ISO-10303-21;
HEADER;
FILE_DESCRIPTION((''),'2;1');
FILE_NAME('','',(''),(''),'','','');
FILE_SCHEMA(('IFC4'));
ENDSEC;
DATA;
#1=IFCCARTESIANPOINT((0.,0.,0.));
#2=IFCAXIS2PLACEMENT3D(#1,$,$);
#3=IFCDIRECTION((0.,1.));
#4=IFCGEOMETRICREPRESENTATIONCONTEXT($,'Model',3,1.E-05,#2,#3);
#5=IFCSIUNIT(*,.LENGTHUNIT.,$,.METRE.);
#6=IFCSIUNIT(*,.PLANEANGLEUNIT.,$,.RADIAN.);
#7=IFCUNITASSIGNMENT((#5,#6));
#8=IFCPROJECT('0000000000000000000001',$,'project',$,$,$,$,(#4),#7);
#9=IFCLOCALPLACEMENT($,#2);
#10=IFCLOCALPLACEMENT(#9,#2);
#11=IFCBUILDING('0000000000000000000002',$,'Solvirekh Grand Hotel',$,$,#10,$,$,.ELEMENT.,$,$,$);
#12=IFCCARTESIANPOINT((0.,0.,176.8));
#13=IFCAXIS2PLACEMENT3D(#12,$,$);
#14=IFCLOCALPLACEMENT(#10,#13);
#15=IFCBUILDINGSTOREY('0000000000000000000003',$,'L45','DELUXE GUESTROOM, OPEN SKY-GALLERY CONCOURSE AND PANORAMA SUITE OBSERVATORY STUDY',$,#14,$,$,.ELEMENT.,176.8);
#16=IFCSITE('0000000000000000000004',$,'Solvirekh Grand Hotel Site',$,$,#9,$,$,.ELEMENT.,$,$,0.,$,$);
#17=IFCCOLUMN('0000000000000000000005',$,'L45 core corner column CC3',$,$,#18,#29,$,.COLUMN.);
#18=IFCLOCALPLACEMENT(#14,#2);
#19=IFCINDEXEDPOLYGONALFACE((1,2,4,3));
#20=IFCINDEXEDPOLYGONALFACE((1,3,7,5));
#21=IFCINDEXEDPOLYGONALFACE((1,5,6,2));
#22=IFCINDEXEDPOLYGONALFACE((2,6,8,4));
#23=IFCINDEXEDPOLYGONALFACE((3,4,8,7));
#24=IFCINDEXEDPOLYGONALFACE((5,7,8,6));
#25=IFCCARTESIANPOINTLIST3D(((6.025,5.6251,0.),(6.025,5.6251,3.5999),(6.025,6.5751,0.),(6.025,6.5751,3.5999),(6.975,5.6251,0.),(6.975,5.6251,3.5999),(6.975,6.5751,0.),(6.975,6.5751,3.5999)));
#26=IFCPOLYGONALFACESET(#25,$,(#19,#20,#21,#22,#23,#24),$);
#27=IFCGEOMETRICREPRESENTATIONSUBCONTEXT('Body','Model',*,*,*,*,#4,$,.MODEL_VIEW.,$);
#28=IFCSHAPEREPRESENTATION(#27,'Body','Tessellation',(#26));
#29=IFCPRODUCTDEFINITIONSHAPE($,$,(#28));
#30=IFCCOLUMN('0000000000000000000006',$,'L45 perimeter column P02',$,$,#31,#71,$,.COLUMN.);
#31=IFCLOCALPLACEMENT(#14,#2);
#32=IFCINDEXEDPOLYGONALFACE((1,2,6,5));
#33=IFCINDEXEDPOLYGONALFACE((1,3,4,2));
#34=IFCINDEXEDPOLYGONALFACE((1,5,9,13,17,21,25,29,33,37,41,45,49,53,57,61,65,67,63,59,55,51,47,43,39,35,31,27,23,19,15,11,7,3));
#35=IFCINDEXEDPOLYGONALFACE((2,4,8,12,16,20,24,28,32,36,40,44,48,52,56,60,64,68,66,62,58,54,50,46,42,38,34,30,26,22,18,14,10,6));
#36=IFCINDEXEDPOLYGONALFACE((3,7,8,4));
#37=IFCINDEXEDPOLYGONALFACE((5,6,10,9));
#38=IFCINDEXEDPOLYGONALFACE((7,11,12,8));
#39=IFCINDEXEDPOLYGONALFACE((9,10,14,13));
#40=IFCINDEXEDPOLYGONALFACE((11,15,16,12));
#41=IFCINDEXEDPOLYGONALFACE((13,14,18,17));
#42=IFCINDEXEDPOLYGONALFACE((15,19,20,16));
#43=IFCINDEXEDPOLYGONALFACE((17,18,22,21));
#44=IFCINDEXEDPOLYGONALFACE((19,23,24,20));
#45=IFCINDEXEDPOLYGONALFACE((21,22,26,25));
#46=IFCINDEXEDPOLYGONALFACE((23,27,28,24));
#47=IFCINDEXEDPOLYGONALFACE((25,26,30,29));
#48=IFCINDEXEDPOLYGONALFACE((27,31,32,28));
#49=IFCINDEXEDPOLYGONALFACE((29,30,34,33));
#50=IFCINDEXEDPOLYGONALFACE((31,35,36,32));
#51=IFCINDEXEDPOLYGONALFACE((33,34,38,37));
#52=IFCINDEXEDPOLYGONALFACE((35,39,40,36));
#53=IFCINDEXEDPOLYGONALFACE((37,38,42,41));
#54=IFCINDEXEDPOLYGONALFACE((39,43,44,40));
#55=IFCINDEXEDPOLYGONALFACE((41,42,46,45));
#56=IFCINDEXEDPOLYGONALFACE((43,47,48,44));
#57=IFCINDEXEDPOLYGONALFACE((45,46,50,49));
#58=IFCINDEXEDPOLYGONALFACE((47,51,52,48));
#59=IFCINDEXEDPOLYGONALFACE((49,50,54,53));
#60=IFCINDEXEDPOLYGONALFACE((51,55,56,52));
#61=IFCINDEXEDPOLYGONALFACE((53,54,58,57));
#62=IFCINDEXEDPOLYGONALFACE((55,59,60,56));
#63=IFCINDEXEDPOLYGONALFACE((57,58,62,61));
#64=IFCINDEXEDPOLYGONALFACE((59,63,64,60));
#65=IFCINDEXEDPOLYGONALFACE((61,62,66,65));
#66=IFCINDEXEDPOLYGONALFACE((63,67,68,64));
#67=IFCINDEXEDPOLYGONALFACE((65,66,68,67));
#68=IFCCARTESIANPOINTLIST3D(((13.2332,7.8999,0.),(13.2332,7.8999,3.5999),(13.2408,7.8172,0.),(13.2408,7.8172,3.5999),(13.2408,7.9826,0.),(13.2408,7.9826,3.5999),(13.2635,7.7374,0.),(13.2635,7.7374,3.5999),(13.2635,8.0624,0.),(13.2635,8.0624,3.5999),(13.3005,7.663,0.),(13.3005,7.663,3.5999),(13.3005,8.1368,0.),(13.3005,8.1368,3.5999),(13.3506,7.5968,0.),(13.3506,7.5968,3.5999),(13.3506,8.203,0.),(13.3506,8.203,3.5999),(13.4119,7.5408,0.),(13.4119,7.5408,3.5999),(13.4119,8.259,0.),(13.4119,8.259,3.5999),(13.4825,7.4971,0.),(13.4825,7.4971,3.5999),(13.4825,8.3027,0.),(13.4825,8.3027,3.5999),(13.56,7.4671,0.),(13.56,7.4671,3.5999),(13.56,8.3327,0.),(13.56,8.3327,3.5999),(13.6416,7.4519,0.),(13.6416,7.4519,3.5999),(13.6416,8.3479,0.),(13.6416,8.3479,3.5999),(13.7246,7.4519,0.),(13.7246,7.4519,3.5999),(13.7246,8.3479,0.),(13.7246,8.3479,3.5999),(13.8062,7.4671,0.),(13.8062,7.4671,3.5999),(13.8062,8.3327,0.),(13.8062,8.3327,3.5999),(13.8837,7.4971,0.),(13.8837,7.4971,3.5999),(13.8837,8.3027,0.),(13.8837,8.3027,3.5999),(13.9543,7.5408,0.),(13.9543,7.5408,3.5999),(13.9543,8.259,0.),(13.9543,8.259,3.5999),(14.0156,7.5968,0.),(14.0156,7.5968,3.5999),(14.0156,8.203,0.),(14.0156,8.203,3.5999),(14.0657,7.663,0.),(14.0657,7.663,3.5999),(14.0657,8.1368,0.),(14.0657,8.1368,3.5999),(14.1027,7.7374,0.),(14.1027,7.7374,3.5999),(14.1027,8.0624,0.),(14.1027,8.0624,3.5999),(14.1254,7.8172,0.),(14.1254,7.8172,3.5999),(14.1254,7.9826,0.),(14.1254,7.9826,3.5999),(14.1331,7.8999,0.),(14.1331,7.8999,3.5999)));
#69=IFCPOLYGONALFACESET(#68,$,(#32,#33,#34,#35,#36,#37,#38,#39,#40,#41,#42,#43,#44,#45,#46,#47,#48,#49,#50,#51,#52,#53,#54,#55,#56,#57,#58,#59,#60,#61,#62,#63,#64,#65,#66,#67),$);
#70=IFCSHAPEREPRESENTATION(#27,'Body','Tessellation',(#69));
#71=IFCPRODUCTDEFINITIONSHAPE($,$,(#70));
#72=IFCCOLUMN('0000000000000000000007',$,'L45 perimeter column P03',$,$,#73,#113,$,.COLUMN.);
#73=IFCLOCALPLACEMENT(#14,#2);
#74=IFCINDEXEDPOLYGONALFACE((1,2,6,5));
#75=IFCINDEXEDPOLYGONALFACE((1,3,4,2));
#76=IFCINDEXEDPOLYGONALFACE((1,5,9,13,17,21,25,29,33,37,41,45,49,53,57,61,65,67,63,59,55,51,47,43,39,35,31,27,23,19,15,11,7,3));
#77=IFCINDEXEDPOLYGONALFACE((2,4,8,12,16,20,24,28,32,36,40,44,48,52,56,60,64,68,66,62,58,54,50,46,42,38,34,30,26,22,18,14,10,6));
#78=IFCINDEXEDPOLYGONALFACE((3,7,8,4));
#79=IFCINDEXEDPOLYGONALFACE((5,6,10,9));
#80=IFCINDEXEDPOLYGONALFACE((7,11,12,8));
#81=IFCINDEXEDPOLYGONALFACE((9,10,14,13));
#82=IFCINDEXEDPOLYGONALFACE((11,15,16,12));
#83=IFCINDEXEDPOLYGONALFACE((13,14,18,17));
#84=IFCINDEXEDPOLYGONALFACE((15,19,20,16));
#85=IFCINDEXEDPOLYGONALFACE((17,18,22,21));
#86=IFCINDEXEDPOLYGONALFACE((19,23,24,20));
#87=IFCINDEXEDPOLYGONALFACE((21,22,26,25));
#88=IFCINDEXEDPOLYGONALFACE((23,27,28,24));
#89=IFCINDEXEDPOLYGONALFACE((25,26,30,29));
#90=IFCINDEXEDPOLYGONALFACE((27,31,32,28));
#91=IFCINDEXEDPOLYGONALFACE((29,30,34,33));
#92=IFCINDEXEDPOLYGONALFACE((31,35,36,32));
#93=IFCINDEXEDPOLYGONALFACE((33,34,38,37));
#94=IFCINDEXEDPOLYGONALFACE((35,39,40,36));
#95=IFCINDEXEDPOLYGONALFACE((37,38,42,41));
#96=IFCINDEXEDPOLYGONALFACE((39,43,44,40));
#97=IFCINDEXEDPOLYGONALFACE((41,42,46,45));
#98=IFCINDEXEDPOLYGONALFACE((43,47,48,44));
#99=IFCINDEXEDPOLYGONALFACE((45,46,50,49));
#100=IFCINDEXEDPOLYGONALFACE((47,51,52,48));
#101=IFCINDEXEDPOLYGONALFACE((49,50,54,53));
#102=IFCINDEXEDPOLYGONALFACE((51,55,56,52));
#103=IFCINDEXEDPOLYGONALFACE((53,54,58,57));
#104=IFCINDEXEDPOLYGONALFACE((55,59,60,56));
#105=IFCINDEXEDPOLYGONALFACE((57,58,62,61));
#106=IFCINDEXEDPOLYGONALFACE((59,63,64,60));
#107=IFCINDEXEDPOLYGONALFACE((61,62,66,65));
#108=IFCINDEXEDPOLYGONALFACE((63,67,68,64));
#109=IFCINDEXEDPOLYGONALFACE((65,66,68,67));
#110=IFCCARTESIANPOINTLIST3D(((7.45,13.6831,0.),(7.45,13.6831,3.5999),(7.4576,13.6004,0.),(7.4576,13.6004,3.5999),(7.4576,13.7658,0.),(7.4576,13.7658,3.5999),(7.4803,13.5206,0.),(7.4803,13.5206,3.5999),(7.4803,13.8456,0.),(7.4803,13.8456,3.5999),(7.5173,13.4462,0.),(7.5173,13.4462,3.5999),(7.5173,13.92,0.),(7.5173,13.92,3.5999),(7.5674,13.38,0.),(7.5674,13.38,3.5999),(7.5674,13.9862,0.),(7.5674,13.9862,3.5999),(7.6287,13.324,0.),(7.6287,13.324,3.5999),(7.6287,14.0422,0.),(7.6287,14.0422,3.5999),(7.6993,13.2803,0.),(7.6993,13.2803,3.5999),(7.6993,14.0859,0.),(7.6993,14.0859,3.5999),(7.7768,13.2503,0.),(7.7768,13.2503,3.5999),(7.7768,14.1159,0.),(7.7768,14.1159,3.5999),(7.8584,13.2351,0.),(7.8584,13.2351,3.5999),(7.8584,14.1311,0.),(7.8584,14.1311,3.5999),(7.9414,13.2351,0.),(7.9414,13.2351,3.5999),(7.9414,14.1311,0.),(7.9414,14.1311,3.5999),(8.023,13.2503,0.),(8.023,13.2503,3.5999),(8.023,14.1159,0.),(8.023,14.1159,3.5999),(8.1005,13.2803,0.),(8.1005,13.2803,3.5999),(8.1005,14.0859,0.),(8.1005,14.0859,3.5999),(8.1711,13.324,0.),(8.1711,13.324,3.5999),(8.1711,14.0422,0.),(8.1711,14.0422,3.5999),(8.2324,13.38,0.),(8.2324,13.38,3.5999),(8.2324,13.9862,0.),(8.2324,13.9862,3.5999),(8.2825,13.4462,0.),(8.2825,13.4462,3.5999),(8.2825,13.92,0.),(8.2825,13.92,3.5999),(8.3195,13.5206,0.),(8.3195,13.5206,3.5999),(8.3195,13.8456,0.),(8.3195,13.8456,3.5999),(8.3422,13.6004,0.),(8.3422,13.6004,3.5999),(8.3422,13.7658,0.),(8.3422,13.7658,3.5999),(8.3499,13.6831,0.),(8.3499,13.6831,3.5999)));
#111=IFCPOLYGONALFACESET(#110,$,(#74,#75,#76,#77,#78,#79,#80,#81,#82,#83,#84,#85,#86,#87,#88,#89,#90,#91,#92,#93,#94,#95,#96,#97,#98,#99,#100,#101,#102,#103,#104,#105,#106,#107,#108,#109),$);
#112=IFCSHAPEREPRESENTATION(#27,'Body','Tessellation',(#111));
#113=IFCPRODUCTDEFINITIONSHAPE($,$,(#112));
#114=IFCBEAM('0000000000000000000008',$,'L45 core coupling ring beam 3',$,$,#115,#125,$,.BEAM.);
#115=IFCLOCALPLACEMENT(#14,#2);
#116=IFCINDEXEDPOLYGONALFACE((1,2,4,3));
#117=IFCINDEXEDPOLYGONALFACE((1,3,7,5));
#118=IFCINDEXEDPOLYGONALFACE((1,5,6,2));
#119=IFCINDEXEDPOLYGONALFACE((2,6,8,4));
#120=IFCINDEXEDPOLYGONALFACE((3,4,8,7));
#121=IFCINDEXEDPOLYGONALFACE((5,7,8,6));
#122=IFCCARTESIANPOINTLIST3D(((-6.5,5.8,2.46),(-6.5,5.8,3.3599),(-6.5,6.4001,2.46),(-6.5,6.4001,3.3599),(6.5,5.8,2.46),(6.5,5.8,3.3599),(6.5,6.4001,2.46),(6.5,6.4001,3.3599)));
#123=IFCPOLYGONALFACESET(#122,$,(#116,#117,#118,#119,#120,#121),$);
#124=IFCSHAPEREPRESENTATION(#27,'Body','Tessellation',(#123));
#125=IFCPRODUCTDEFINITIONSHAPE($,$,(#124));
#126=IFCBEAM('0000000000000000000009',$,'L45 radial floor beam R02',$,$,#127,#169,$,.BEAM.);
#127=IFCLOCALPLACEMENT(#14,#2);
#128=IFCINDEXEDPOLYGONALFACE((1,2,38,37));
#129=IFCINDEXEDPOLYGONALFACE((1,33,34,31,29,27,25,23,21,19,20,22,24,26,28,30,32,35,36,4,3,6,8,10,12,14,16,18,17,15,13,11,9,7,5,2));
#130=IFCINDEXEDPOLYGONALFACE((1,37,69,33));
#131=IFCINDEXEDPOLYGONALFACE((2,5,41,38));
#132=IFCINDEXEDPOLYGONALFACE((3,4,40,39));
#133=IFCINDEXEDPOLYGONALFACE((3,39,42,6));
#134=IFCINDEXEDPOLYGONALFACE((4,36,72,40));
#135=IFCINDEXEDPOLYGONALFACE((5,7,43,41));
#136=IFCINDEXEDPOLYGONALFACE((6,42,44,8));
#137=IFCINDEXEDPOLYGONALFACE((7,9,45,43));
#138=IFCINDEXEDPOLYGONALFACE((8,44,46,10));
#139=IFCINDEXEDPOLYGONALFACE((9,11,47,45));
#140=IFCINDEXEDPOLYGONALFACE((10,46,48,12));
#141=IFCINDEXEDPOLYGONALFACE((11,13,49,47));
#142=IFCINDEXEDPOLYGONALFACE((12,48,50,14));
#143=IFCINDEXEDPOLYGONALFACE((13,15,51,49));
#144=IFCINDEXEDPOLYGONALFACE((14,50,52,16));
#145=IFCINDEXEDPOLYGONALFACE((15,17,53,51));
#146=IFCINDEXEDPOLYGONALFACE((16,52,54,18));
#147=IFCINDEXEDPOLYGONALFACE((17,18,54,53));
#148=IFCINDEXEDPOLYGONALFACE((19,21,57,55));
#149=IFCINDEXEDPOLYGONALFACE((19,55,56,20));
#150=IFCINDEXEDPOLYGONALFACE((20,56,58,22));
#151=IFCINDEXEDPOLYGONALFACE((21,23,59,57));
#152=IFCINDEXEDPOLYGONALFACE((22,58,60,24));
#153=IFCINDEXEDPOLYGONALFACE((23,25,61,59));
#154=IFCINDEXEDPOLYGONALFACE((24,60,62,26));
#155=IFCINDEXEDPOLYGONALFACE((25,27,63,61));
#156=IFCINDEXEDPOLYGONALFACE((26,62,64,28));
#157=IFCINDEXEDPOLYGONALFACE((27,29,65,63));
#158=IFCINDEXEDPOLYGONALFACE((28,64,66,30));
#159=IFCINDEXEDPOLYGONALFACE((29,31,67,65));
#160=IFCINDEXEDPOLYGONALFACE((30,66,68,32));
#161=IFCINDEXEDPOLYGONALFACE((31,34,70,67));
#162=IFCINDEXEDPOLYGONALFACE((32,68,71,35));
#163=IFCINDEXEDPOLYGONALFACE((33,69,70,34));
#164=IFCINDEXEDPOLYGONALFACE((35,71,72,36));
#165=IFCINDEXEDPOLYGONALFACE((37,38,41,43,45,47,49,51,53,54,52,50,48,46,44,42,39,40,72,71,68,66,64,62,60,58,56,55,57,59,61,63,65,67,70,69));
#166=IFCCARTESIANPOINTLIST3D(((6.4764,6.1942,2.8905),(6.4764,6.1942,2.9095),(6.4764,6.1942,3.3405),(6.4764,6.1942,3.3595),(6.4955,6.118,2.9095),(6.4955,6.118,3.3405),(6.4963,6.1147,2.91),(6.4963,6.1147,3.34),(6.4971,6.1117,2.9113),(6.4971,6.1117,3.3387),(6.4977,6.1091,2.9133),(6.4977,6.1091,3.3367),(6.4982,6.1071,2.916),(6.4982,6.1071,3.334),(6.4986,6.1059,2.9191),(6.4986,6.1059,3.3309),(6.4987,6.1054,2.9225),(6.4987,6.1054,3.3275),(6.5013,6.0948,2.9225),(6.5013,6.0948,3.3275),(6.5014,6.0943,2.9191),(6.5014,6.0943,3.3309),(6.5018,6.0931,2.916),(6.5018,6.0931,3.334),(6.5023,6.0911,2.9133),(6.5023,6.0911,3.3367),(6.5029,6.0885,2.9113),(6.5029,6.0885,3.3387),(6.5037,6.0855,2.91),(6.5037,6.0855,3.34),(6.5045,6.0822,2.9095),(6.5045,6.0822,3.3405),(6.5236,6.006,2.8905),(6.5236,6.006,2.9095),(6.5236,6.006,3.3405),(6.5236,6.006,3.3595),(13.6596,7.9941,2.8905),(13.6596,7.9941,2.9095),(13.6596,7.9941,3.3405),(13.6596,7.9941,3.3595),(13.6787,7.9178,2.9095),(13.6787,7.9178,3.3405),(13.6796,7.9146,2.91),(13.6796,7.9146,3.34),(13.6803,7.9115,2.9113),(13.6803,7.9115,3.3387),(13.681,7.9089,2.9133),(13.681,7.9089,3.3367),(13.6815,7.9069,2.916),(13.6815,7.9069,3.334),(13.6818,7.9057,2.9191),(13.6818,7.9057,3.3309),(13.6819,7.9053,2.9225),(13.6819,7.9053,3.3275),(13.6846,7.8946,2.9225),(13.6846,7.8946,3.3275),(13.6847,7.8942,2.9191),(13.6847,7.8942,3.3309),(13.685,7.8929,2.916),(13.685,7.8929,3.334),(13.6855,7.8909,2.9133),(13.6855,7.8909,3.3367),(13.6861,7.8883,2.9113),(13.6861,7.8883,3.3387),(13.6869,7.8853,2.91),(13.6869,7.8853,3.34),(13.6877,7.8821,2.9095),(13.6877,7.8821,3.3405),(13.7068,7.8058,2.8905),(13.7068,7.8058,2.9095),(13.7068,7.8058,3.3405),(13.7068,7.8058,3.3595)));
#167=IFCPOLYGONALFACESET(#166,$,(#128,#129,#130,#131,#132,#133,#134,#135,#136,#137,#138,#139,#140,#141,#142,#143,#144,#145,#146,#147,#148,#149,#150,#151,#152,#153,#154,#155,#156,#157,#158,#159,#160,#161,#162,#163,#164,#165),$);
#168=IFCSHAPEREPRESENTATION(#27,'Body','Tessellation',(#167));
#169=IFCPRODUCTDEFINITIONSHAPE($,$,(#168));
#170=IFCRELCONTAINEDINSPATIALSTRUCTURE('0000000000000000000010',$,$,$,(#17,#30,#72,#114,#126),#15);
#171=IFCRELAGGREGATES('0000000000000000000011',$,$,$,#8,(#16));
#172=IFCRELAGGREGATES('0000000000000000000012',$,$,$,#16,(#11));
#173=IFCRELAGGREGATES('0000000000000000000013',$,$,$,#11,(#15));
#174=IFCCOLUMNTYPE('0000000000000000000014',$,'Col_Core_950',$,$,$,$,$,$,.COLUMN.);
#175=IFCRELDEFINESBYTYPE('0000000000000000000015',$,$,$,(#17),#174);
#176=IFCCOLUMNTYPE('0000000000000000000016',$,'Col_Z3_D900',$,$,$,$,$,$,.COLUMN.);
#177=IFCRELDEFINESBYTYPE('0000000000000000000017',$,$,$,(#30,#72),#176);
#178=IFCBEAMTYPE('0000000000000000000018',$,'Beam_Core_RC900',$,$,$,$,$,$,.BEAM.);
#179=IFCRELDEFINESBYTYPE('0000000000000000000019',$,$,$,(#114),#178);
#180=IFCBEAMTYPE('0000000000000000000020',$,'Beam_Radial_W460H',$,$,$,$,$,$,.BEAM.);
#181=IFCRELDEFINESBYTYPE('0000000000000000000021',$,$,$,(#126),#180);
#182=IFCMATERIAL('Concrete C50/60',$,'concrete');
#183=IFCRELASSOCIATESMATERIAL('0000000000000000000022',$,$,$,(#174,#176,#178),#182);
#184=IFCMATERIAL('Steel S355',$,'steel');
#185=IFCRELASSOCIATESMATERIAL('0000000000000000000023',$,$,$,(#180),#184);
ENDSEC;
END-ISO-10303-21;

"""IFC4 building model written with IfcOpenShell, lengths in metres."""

from ifc_helpers import new_model, si_unit, direction, frame, origin, origin_2d, place, context, subcontext, project, spatial, rectangle, circle, i_section, extrude, material, material_profile, profile_set, type_object, element, save


model = new_model("IFC4")

# Units and contexts
model_context = context("Model", 3, precision=1e-05, world=origin(), true_north=direction((0.0, 1.0)))
body_context = subcontext(model_context, "Body", "Model", "MODEL_VIEW")
ifc_project = project(units=[si_unit("LENGTHUNIT", "METRE"), si_unit("PLANEANGLEUNIT", "RADIAN")], contexts=[model_context])

# Site, building, storey
site_placement = place(None, origin())
site = spatial("IfcSite", under=ifc_project, at=site_placement, Name="Solvirekh Grand Hotel Site", CompositionType="ELEMENT", RefElevation=0.0)
building_placement = place(site_placement, origin())
building = spatial("IfcBuilding", under=site, at=building_placement, Name="Solvirekh Grand Hotel", CompositionType="ELEMENT")
storey_placement = place(building_placement, frame((0.0, 0.0, 176.8)))
storey = spatial("IfcBuildingStorey", under=building, at=storey_placement, Name="L45", Description="DELUXE GUESTROOM, OPEN SKY-GALLERY CONCOURSE AND PANORAMA SUITE OBSERVATORY STUDY", CompositionType="ELEMENT", Elevation=176.8)

# Columns
ifc_material_1 = material(Name="Concrete C50/60", Category="concrete")
ifc_material_profile_1 = material_profile(ifc_material_1, rectangle(XDim=0.95, YDim=0.95, at=origin_2d()), Name="RC 950X950")
ifc_profile_set_1 = profile_set([ifc_material_profile_1], Name="Concrete C50/60")
column_type_1 = type_object("IfcColumnType", Name="Col_Core_950", PredefinedType="COLUMN", material=ifc_profile_set_1)
column_placement = place(storey_placement, frame((6.5, 6.1001, 0.0), z_axis=(0.0, 0.0, 1.0), x_axis=(1.0, 0.0, 0.0)))
element("IfcColumn", 1, at=column_placement, inside=storey, type_object=column_type_1, Name="L45 core corner column CC3", PredefinedType="COLUMN", context=body_context, shape_type="SweptSolid", body=[
    extrude(rectangle(XDim=0.95, YDim=0.95, at=origin_2d()), origin(), (0.0, 0.0, 1.0), 3.5999),
])
ifc_material_profile_2 = material_profile(ifc_material_1, circle(Radius=0.45, at=origin_2d()), Name="RC CIRC D900")
ifc_profile_set_2 = profile_set([ifc_material_profile_2], Name="Concrete C50/60")
column_type_2 = type_object("IfcColumnType", Name="Col_Z3_D900", PredefinedType="COLUMN", material=ifc_profile_set_2)
for number, where, z_axis, x_axis, name in (
    (2, (13.6831, 7.8999, 0.0), (0.0, 0.0, 1.0), (1.0, 0.0, 0.0), "L45 perimeter column P02"),
    (3, (7.8999, 13.6831, 0.0), (0.0, 0.0, 1.0), (1.0, 0.0, 0.0), "L45 perimeter column P03"),
):
    element("IfcColumn", number, at=place(storey_placement, frame(where, z_axis=z_axis, x_axis=x_axis)), inside=storey, type_object=column_type_2, Name=name, PredefinedType="COLUMN", context=body_context, shape_type="SweptSolid", body=[
        extrude(circle(Radius=0.45, at=origin_2d()), origin(), (0.0, 0.0, 1.0), 3.5999),
    ])

# Beams
ifc_material_profile_3 = material_profile(ifc_material_1, rectangle(XDim=0.6001, YDim=0.8999, at=origin_2d()), Name="RC BEAM 600X900")
ifc_profile_set_3 = profile_set([ifc_material_profile_3], Name="Concrete C50/60")
beam_type_1 = type_object("IfcBeamType", Name="Beam_Core_RC900", PredefinedType="BEAM", material=ifc_profile_set_3)
beam_1_placement = place(storey_placement, frame((6.5, 6.1001, 2.9099), z_axis=(-1.0, 0.0, 0.0), x_axis=(0.0, -1.0, 0.0)))
element("IfcBeam", 4, at=beam_1_placement, inside=storey, type_object=beam_type_1, Name="L45 core coupling ring beam 3", PredefinedType="BEAM", context=body_context, shape_type="SweptSolid", body=[
    extrude(rectangle(XDim=0.6001, YDim=0.8999, at=origin_2d()), origin(), (0.0, 0.0, 1.0), 13.0),
])
ifc_material_2 = material(Name="Steel S355", Category="steel")
ifc_material_profile_4 = material_profile(ifc_material_2, i_section(OverallWidth=0.1941, OverallDepth=0.469, WebThickness=0.011, FlangeThickness=0.019, FilletRadius=0.0129, at=origin_2d()), Name="W460X106")
ifc_profile_set_4 = profile_set([ifc_material_profile_4], Name="Steel S355")
beam_type_2 = type_object("IfcBeamType", Name="Beam_Radial_W460H", PredefinedType="BEAM", material=ifc_profile_set_4)
beam_2_placement = place(storey_placement, frame((6.5, 6.1001, 3.125), z_axis=(0.970014, 0.243048, 0.0), x_axis=(-0.243048, 0.970014, 0.0)))
element("IfcBeam", 5, at=beam_2_placement, inside=storey, type_object=beam_type_2, Name="L45 radial floor beam R02", PredefinedType="BEAM", context=body_context, shape_type="SweptSolid", body=[
    extrude(i_section(OverallWidth=0.1941, OverallDepth=0.469, WebThickness=0.011, FlangeThickness=0.019, FilletRadius=0.0129, at=origin_2d()), origin(), (0.0, 0.0, 1.0), 7.4053),
])

save(model, "model.ifc")
